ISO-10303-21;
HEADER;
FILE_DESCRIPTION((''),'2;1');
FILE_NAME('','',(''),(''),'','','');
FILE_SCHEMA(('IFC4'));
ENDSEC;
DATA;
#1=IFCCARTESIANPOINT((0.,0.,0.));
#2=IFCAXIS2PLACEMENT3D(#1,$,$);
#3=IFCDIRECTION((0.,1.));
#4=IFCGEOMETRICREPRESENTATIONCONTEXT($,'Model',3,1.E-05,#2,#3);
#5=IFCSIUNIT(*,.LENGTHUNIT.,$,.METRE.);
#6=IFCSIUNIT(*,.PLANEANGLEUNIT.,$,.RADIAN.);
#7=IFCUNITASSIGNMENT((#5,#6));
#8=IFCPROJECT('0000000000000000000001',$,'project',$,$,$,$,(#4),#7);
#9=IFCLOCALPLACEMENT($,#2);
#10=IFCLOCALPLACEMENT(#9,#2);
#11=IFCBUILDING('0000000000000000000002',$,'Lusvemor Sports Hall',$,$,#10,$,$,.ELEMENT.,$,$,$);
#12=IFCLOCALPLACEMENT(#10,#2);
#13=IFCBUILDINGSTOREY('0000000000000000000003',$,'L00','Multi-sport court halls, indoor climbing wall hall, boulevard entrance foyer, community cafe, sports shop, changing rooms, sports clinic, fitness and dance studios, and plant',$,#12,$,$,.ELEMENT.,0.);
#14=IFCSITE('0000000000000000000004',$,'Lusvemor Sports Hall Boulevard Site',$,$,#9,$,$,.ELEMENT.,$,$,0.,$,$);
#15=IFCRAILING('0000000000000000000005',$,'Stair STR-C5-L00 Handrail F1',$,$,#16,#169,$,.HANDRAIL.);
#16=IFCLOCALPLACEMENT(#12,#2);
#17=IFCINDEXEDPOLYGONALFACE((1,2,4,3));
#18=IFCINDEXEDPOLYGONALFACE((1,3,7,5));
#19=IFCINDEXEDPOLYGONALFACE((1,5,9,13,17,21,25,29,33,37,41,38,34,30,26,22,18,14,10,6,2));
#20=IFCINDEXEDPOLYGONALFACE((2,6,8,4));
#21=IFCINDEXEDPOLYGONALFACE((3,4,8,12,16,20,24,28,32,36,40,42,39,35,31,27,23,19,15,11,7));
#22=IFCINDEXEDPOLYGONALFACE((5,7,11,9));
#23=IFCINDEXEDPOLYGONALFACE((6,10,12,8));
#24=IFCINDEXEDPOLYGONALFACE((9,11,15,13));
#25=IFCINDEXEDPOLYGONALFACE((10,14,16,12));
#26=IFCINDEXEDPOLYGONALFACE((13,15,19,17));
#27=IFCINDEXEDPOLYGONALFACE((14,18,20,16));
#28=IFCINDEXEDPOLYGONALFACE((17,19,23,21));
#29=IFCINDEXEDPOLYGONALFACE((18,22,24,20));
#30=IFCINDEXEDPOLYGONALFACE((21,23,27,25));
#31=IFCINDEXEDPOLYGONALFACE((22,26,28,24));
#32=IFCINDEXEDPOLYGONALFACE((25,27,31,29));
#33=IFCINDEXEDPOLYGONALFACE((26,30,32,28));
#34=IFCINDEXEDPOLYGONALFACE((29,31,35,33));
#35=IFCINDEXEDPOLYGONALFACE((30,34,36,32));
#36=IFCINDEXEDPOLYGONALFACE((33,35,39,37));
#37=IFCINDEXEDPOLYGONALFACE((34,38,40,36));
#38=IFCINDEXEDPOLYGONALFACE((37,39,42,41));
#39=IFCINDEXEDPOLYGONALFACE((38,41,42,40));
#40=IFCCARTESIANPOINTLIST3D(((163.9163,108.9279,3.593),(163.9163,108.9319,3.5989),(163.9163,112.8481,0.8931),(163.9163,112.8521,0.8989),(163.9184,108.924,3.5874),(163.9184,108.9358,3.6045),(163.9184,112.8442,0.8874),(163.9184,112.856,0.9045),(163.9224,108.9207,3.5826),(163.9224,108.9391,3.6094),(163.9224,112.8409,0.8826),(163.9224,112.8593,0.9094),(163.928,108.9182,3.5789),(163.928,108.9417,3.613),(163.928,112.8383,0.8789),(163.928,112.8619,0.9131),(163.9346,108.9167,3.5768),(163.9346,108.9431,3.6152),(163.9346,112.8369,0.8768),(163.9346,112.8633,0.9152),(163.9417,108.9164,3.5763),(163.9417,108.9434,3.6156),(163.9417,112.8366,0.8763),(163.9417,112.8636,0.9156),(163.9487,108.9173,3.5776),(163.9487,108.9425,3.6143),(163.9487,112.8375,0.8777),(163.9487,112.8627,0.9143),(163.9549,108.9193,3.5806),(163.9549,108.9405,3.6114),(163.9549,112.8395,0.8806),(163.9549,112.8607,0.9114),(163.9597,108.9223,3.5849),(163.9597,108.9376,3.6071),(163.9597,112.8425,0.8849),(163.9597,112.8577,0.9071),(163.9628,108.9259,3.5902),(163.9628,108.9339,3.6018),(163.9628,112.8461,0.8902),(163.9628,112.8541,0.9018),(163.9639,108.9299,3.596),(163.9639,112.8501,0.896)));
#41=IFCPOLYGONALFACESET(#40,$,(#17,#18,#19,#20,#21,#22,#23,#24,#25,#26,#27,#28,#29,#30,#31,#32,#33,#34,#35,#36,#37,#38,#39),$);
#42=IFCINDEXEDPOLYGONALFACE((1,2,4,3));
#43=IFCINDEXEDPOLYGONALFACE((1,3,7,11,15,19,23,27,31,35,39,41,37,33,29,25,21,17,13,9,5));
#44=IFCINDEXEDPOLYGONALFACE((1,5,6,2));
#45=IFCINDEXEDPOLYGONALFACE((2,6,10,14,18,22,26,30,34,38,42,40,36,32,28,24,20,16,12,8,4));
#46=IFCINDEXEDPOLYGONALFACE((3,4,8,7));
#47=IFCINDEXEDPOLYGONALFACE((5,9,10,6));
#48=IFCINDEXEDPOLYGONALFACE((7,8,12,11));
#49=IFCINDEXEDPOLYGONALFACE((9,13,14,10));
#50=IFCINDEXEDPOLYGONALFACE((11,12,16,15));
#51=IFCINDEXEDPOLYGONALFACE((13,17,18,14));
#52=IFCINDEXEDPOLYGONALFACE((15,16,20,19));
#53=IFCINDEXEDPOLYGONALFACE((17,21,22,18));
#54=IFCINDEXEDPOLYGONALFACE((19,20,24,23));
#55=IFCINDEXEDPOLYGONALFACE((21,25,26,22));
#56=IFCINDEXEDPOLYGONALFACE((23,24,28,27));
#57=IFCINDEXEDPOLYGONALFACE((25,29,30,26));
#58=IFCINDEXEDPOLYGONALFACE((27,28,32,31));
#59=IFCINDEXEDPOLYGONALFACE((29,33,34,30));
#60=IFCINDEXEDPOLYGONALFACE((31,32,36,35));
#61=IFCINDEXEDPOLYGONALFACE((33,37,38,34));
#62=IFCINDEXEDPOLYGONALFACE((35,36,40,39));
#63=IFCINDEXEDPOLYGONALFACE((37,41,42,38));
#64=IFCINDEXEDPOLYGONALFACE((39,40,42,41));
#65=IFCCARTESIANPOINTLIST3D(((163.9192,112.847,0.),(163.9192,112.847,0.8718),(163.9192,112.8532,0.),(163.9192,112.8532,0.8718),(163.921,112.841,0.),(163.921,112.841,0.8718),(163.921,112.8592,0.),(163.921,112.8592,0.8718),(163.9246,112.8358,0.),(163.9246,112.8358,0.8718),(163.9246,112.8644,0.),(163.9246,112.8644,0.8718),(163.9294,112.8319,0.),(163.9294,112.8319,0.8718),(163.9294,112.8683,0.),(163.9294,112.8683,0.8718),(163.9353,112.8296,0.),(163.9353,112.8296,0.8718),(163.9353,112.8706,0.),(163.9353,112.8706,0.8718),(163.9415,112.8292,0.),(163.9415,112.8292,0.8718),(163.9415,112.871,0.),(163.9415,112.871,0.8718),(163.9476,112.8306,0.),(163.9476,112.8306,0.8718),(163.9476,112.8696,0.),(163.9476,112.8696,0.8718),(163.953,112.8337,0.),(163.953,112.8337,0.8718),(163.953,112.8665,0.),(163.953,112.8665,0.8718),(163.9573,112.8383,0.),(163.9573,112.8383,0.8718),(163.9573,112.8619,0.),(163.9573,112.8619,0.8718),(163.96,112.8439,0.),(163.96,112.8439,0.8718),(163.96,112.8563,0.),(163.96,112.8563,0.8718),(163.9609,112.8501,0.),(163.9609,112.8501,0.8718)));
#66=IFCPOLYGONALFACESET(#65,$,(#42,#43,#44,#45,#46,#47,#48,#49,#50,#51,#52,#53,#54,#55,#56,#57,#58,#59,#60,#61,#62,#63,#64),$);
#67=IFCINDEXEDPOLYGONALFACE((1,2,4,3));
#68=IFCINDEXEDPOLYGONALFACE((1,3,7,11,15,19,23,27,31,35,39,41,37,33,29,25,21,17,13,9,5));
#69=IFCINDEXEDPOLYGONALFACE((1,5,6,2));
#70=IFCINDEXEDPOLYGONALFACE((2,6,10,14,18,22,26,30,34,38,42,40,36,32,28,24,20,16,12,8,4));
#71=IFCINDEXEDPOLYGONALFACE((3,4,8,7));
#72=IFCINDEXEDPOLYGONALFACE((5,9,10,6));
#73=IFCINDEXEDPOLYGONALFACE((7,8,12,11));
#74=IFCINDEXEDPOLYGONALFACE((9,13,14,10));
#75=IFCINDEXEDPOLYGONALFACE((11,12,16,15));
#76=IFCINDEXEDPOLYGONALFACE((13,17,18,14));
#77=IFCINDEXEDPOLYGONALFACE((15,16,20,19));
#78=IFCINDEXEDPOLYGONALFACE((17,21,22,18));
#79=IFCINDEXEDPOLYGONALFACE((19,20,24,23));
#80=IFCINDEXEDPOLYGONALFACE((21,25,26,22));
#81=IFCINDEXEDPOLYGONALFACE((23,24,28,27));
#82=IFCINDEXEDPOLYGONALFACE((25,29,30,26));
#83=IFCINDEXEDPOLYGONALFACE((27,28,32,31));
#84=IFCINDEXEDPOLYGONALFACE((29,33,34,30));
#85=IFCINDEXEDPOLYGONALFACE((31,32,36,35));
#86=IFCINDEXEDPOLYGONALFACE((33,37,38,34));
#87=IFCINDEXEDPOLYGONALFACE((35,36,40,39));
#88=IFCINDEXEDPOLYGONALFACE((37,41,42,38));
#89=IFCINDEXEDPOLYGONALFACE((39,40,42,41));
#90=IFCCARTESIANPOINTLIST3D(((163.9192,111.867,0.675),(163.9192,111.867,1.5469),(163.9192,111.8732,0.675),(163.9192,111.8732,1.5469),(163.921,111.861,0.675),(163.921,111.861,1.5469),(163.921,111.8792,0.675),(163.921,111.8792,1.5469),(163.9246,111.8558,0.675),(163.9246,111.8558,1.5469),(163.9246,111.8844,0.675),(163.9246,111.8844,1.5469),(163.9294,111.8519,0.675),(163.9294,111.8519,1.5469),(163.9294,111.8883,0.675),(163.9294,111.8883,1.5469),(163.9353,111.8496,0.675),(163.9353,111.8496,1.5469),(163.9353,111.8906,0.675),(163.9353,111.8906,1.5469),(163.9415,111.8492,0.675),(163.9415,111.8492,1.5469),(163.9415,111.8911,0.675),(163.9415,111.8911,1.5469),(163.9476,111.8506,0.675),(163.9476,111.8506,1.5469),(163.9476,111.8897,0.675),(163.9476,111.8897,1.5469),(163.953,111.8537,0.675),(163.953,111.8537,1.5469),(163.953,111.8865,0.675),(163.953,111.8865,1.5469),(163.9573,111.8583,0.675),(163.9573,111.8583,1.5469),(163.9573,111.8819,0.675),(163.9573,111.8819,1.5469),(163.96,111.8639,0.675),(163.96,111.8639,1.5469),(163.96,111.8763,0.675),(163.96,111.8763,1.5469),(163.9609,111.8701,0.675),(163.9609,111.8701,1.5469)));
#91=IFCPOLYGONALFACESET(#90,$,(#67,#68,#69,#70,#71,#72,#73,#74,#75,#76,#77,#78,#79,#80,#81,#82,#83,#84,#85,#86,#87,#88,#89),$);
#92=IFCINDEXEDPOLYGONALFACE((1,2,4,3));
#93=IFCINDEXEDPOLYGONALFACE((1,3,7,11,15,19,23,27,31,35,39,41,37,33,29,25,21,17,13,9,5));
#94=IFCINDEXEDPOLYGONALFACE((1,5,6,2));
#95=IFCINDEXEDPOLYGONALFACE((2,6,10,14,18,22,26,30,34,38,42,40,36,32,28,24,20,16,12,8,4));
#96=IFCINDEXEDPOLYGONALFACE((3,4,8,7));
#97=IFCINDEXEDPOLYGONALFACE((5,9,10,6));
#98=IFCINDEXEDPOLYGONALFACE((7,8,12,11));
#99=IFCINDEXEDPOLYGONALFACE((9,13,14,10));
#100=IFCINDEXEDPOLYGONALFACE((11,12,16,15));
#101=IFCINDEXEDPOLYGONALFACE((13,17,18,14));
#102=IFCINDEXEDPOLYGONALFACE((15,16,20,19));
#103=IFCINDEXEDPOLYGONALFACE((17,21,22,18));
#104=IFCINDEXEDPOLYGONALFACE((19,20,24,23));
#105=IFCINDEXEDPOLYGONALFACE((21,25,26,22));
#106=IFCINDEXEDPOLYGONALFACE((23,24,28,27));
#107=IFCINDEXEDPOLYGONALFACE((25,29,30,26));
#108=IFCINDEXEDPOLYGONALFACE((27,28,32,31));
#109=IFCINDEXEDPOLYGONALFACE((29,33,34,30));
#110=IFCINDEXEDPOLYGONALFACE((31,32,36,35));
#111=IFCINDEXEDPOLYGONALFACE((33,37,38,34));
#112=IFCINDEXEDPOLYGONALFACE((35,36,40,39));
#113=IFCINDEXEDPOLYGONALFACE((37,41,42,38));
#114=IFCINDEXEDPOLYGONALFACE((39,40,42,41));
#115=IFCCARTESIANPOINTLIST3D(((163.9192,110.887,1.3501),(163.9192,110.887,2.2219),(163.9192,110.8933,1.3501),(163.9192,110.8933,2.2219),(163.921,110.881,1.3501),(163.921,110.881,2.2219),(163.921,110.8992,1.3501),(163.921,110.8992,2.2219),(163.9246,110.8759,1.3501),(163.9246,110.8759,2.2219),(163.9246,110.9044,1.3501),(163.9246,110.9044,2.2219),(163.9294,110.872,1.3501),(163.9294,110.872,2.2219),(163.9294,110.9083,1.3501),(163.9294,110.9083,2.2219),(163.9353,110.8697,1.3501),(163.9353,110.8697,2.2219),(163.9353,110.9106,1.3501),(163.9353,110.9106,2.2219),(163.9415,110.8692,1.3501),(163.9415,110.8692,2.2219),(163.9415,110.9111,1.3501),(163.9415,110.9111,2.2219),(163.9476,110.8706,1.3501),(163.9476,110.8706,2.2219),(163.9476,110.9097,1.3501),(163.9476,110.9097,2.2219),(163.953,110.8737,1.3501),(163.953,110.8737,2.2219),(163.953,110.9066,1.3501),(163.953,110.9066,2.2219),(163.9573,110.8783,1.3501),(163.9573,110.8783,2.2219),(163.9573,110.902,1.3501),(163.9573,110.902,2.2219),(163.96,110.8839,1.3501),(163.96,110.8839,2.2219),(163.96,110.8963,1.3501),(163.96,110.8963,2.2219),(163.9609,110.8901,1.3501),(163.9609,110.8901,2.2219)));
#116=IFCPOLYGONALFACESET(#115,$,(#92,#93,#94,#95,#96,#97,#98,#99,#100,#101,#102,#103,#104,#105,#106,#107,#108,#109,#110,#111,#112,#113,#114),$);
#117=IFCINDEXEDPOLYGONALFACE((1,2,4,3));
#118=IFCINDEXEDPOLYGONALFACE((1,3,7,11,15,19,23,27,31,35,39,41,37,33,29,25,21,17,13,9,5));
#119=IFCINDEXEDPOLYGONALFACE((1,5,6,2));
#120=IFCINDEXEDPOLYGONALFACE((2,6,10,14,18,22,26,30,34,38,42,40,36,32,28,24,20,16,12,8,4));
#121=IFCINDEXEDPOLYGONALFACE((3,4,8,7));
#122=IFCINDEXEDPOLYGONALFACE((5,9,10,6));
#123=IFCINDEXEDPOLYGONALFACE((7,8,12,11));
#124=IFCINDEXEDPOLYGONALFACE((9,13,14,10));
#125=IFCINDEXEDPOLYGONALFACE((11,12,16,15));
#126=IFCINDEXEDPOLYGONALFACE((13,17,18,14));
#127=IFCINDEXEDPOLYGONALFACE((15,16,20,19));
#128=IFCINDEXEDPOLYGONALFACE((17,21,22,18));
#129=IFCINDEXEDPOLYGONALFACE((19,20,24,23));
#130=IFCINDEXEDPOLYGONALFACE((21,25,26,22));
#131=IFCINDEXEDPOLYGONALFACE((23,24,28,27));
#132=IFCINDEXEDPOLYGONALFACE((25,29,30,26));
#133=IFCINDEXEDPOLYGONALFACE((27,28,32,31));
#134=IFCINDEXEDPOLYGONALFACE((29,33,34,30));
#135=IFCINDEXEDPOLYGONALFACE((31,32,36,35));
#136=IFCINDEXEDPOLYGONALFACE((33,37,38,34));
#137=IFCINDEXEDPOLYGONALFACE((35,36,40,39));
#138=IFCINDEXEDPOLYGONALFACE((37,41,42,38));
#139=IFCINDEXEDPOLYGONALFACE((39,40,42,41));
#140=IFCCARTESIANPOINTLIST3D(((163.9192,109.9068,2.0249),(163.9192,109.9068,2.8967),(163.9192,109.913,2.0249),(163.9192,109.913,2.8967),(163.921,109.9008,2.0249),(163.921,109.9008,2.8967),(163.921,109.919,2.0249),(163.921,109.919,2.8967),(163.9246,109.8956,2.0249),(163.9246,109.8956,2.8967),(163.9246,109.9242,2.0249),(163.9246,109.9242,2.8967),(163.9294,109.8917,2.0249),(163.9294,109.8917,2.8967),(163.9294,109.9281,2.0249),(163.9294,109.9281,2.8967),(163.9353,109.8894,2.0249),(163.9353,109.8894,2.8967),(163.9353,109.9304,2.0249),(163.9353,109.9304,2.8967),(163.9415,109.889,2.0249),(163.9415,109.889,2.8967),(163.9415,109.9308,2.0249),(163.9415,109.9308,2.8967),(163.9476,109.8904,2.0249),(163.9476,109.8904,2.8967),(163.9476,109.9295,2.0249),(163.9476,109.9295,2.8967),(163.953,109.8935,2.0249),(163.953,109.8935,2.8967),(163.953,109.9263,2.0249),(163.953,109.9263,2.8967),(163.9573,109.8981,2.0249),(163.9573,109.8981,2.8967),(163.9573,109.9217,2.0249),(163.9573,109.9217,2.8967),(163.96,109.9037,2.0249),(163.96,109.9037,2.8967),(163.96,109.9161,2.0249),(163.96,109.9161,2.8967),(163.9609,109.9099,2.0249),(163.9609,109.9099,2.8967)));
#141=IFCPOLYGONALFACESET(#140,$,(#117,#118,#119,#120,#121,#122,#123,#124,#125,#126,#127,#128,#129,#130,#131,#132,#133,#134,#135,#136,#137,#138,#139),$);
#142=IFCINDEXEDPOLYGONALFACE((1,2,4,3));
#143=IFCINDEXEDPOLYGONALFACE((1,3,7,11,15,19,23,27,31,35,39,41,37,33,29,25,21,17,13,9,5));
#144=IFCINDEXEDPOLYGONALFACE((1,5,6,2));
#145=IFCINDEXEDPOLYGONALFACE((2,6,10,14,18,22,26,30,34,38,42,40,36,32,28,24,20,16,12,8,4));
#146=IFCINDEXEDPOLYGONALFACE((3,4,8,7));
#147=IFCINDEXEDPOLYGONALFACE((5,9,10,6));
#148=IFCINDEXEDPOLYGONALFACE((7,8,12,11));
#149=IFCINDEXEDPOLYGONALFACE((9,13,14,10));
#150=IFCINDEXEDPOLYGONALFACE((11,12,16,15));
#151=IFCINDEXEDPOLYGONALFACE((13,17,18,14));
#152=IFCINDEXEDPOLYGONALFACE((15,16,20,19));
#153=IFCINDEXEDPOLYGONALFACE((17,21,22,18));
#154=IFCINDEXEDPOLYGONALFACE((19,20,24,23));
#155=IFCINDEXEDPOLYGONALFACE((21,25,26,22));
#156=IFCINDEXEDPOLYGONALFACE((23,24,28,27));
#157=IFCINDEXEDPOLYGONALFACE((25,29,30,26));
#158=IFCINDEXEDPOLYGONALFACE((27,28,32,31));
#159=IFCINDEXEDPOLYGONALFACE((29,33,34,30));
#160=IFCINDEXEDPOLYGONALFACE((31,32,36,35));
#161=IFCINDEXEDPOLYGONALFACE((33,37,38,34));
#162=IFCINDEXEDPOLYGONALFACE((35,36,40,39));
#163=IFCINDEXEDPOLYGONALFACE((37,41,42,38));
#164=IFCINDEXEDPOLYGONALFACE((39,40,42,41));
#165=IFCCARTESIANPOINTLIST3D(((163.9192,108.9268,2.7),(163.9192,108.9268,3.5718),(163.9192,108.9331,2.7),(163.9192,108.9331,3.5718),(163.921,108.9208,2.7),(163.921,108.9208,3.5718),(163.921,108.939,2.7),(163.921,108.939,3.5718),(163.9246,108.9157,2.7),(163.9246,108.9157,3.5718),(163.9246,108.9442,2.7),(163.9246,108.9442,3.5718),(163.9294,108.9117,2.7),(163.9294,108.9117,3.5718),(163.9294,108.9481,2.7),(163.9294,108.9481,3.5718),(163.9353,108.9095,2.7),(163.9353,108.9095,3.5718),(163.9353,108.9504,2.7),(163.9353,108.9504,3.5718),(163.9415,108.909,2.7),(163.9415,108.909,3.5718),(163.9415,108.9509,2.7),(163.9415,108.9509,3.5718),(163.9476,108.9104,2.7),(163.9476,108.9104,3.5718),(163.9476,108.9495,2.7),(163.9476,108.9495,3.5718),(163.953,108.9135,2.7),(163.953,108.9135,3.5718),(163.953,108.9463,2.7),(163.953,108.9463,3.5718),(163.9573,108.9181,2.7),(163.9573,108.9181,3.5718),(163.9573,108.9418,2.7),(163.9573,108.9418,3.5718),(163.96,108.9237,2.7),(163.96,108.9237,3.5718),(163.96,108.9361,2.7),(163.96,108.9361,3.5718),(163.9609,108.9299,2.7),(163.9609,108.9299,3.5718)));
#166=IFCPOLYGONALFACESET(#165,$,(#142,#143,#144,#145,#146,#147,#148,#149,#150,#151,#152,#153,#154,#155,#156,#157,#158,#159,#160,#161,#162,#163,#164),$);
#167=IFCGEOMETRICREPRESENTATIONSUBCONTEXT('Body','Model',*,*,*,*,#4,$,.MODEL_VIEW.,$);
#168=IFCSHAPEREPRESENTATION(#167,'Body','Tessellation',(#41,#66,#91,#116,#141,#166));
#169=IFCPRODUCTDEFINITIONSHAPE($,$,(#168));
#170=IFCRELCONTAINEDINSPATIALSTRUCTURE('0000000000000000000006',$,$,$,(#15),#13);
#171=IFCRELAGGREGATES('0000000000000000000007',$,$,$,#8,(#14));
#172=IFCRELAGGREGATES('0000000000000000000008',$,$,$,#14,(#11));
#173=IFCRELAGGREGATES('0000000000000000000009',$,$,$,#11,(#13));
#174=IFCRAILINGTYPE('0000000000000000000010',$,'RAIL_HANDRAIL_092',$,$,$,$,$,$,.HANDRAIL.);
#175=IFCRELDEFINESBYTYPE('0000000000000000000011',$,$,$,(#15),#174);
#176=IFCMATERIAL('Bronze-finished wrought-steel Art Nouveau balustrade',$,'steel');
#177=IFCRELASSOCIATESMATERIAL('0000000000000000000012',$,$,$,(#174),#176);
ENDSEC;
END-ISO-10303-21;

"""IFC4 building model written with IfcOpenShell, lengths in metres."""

from ifc_helpers import new_model, si_unit, direction, frame, origin, origin_2d, place, context, subcontext, project, spatial, circle, extrude, material, type_object, element, save


model = new_model("IFC4")

# Units and contexts
model_context = context("Model", 3, precision=1e-05, world=origin(), true_north=direction((0.0, 1.0)))
body_context = subcontext(model_context, "Body", "Model", "MODEL_VIEW")
ifc_project = project(units=[si_unit("LENGTHUNIT", "METRE"), si_unit("PLANEANGLEUNIT", "RADIAN")], contexts=[model_context])

# Site, building, storey
site_placement = place(None, origin())
site = spatial("IfcSite", under=ifc_project, at=site_placement, Name="Lusvemor Sports Hall Boulevard Site", CompositionType="ELEMENT", RefElevation=0.0)
building_placement = place(site_placement, origin())
building = spatial("IfcBuilding", under=site, at=building_placement, Name="Lusvemor Sports Hall", CompositionType="ELEMENT")
storey_placement = place(building_placement, origin())
storey = spatial("IfcBuildingStorey", under=building, at=storey_placement, Name="L00", Description="Multi-sport court halls, indoor climbing wall hall, boulevard entrance foyer, community cafe, sports shop, changing rooms, sports clinic, fitness and dance studios, and plant", CompositionType="ELEMENT", Elevation=0.0)

# Railing
ifc_material_1 = material(Name="Bronze-finished wrought-steel Art Nouveau balustrade", Category="steel")
railing_type_1 = type_object("IfcRailingType", Name="RAIL_HANDRAIL_092", PredefinedType="HANDRAIL", material=ifc_material_1)
railing_1_placement = place(storey_placement, frame((163.9399, 112.8501, 0.0)))
element("IfcRailing", 1, at=railing_1_placement, inside=storey, type_object=railing_type_1, Name="Stair STR-C5-L00 Handrail F1", PredefinedType="HANDRAIL", context=body_context, shape_type="SweptSolid", body=[
    extrude(circle(Radius=0.0239, at=origin_2d()), frame((0.0, 0.0, 0.896), z_axis=(0.0, -0.823567, 0.567219), x_axis=(1.0, 0.0, 0.0)), (0.0, 0.0, 1.0), 4.76),
    extrude(circle(Radius=0.021, at=origin_2d()), origin(), (0.0, 0.0, 1.0), 0.8718),
    extrude(circle(Radius=0.021, at=origin_2d()), frame((0.0, -0.98, 0.675)), (0.0, 0.0, 1.0), 0.8718),
    extrude(circle(Radius=0.021, at=origin_2d()), frame((0.0, -1.96, 1.3501)), (0.0, 0.0, 1.0), 0.8718),
    extrude(circle(Radius=0.021, at=origin_2d()), frame((0.0, -2.9402, 2.0249)), (0.0, 0.0, 1.0), 0.8718),
    extrude(circle(Radius=0.021, at=origin_2d()), frame((0.0, -3.9202, 2.7)), (0.0, 0.0, 1.0), 0.8718),
])

save(model, "model.ifc")
